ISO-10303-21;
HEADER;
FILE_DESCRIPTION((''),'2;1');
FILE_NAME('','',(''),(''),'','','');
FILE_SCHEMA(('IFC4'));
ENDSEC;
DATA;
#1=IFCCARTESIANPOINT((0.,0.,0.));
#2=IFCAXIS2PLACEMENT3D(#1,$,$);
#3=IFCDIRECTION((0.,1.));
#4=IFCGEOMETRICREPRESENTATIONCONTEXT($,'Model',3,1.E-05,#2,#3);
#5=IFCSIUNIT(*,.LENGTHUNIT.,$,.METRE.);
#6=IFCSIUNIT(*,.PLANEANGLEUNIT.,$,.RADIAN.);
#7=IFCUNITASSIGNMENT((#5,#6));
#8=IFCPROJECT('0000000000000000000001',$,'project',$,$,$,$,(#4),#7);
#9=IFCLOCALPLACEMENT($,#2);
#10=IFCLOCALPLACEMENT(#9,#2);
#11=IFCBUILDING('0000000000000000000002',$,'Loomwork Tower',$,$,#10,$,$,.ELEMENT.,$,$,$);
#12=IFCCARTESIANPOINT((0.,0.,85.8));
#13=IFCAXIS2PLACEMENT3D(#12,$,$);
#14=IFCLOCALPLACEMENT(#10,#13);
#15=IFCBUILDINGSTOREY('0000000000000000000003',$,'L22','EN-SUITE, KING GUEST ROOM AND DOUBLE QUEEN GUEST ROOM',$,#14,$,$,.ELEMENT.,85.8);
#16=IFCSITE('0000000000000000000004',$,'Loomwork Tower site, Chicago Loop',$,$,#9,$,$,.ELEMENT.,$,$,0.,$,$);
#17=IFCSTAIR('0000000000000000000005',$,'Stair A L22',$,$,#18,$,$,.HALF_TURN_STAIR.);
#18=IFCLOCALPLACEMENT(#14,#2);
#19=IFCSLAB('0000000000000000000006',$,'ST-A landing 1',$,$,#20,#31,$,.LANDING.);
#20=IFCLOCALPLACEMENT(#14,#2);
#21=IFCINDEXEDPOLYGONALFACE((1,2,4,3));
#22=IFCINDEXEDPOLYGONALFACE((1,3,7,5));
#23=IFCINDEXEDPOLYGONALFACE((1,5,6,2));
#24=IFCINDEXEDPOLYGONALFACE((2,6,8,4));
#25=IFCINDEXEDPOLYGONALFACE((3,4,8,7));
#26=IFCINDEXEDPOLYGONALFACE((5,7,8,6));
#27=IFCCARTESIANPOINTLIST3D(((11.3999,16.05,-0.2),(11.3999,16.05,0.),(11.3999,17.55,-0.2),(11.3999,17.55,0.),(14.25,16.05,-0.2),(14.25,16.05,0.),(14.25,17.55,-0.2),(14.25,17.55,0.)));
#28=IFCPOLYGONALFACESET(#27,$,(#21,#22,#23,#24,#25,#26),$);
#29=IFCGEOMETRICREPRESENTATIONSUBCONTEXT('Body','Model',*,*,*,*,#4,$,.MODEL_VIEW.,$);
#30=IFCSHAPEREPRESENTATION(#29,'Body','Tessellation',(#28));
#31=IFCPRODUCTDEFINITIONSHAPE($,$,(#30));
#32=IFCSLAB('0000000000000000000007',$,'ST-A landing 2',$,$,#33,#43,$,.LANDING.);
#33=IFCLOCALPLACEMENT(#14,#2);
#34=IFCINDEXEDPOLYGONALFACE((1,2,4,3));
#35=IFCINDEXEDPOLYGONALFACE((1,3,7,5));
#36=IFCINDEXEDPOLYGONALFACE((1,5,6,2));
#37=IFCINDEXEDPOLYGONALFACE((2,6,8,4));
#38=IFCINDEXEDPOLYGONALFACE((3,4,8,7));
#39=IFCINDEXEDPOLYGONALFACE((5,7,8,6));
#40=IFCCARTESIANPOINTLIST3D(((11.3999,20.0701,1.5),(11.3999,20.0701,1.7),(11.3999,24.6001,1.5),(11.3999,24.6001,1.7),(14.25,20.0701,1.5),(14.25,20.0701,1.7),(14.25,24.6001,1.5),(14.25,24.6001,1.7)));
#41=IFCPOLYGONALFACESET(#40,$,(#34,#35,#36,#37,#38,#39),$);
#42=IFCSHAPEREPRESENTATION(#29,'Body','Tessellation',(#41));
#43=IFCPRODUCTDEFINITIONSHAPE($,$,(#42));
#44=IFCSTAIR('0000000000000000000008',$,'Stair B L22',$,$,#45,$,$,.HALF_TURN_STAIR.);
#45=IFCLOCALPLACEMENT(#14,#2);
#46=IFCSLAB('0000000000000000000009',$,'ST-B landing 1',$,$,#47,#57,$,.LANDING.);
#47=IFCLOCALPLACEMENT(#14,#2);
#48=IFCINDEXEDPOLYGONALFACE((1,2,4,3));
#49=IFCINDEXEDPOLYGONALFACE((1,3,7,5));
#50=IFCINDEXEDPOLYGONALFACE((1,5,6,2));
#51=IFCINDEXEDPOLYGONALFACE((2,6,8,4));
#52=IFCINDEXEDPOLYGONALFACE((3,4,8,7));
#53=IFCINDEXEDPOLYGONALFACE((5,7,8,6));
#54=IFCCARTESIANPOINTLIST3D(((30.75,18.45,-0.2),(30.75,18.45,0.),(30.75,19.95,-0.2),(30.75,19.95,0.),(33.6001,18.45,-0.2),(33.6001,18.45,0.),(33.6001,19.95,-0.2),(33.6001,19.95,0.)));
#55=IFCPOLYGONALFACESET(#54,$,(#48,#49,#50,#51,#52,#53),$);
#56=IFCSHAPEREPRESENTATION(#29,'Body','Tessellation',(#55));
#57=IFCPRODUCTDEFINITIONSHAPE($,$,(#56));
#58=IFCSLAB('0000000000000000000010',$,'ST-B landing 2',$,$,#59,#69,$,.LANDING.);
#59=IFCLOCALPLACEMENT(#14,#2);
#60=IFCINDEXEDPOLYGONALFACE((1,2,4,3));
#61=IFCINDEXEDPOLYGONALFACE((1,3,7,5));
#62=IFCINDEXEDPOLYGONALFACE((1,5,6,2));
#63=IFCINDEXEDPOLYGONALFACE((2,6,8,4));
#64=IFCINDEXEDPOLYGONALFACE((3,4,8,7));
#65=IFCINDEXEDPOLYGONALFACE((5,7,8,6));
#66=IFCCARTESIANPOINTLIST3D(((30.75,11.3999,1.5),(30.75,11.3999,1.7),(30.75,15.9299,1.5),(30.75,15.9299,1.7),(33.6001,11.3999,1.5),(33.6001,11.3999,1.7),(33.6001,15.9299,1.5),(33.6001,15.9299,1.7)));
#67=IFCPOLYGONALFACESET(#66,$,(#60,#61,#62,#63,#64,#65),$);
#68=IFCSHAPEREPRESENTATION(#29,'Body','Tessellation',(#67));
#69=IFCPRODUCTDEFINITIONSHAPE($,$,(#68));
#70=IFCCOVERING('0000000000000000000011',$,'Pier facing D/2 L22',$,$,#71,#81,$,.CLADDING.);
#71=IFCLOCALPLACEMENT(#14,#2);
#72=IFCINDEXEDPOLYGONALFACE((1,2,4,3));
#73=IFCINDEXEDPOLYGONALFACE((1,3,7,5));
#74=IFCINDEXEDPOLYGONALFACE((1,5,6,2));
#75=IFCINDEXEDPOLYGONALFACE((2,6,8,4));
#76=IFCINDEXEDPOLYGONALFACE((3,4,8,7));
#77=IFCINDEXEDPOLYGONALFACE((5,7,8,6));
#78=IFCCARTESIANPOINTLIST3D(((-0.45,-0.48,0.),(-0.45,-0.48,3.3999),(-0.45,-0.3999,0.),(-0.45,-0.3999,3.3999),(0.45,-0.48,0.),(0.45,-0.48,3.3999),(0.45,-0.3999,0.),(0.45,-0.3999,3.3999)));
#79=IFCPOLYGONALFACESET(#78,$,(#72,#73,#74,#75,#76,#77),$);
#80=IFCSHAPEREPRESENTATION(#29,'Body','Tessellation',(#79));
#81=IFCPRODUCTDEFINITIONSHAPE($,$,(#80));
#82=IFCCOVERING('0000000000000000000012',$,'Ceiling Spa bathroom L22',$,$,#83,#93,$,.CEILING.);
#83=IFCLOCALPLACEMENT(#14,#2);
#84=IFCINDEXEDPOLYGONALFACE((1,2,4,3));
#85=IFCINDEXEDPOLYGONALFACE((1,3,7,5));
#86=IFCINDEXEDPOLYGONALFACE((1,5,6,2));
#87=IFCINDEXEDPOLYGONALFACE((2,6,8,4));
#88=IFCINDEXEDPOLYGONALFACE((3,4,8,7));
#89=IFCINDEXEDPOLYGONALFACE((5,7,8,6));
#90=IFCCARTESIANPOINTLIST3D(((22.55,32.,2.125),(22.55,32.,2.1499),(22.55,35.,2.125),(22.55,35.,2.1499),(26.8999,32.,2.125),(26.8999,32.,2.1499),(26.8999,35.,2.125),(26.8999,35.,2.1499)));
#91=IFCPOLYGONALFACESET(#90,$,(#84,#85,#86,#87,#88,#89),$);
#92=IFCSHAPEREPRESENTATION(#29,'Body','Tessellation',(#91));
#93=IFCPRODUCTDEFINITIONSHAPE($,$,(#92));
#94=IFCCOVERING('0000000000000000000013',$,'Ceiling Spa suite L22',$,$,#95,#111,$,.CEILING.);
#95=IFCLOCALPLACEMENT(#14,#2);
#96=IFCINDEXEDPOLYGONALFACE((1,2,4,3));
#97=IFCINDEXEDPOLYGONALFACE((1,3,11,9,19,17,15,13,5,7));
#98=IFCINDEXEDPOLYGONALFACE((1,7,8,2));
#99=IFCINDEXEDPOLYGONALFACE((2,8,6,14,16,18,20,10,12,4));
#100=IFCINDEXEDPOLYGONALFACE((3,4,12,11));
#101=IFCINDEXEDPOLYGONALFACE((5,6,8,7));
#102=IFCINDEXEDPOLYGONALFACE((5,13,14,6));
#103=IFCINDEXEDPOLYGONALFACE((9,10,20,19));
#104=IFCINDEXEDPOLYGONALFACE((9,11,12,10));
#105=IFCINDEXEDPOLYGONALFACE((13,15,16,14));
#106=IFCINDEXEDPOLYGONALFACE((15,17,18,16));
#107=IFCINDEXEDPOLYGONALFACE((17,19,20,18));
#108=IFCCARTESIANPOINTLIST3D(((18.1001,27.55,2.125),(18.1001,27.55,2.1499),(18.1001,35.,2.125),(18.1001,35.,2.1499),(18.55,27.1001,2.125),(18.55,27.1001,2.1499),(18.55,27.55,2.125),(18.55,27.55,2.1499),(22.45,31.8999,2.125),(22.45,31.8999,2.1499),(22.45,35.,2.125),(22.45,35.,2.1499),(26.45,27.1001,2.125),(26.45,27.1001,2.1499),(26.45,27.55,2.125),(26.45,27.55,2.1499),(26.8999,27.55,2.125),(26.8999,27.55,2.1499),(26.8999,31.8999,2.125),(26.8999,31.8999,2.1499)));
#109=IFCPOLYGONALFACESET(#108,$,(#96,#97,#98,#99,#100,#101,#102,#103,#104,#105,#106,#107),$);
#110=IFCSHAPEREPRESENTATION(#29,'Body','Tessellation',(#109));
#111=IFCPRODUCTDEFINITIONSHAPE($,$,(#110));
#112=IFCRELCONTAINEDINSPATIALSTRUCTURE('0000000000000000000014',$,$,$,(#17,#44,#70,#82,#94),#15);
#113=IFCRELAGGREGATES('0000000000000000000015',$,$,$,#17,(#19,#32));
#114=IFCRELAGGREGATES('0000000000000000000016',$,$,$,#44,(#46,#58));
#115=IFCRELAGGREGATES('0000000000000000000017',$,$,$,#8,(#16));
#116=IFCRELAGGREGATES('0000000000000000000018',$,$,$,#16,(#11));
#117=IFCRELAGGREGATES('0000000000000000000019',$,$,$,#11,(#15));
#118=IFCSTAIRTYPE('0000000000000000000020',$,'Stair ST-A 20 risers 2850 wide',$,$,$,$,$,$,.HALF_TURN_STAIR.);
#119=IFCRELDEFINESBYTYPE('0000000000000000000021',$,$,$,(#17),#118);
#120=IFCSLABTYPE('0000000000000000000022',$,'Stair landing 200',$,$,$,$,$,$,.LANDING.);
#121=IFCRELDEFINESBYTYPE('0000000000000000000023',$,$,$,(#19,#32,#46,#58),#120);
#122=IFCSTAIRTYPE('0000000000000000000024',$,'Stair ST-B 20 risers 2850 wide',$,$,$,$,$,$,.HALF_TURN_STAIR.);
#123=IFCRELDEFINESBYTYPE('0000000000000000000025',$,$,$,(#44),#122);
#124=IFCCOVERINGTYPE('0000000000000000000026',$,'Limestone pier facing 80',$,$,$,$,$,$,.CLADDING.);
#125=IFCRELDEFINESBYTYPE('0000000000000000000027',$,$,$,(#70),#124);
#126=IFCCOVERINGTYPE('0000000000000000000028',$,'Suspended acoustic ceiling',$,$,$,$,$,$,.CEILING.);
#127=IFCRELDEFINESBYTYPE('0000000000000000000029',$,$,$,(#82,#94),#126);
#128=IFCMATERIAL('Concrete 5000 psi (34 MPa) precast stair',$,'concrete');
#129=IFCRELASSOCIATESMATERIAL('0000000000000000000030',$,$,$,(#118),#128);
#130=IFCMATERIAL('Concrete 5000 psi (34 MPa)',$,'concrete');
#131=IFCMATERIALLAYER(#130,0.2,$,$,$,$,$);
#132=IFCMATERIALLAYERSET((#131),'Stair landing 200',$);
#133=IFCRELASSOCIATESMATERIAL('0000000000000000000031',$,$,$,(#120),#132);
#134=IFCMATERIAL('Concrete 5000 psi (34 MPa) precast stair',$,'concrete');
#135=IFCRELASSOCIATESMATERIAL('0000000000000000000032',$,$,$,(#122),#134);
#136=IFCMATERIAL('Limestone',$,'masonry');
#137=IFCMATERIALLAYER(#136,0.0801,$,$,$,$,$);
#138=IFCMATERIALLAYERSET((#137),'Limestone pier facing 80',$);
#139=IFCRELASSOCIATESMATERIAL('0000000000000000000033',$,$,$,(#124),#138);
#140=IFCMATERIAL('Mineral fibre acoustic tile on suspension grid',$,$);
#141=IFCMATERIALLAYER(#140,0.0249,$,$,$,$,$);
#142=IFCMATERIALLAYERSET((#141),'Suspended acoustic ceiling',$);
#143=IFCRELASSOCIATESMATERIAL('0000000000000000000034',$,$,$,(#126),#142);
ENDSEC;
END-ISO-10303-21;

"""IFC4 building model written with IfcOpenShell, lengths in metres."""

from ifc_helpers import new_model, si_unit, direction, frame, origin, origin_2d, place, context, subcontext, project, spatial, polyline, rectangle, outline, extrude, material, layer, layer_set, type_object, element, aggregate, save


model = new_model("IFC4")

# Units and contexts
model_context = context("Model", 3, precision=1e-05, world=origin(), true_north=direction((0.0, 1.0)))
body_context = subcontext(model_context, "Body", "Model", "MODEL_VIEW")
ifc_project = project(units=[si_unit("LENGTHUNIT", "METRE"), si_unit("PLANEANGLEUNIT", "RADIAN")], contexts=[model_context])

# Site, building, storey
site_placement = place(None, origin())
site = spatial("IfcSite", under=ifc_project, at=site_placement, Name="Loomwork Tower site, Chicago Loop", CompositionType="ELEMENT", RefElevation=0.0)
building_placement = place(site_placement, origin())
building = spatial("IfcBuilding", under=site, at=building_placement, Name="Loomwork Tower", CompositionType="ELEMENT")
storey_placement = place(building_placement, frame((0.0, 0.0, 85.8)))
storey = spatial("IfcBuildingStorey", under=building, at=storey_placement, Name="L22", Description="EN-SUITE, KING GUEST ROOM AND DOUBLE QUEEN GUEST ROOM", CompositionType="ELEMENT", Elevation=85.8)

# Stairs, slabs
ifc_material_1 = material(Name="Concrete 5000 psi (34 MPa) precast stair", Category="concrete")
stair_type_1 = type_object("IfcStairType", Name="Stair ST-A 20 risers 2850 wide", PredefinedType="HALF_TURN_STAIR", material=ifc_material_1)
stair_1_placement = place(storey_placement, origin())
stair_1 = element("IfcStair", 1, at=stair_1_placement, inside=storey, type_object=stair_type_1, Name="Stair A L22", PredefinedType="HALF_TURN_STAIR")
ifc_material_2 = material(Name="Concrete 5000 psi (34 MPa)", Category="concrete")
ifc_layer_1 = layer(ifc_material_2, 0.2)
ifc_layer_set_1 = layer_set([ifc_layer_1], Name="Stair landing 200")
slab_type_1 = type_object("IfcSlabType", Name="Stair landing 200", PredefinedType="LANDING", material=ifc_layer_set_1)
slab_1_placement = place(storey_placement, frame((0.0, 0.0, -0.2)))
slab_1 = element("IfcSlab", 2, at=slab_1_placement, type_object=slab_type_1, Name="ST-A landing 1", PredefinedType="LANDING", context=body_context, shape_type="SweptSolid", body=[
    extrude(outline(polyline([(11.3999, 16.05), (14.25, 16.05), (14.25, 17.55), (11.3999, 17.55), (11.3999, 16.05)])), origin(), (0.0, 0.0, 1.0), 0.2),
])
slab_2_placement = place(storey_placement, frame((0.0, 0.0, 1.5)))
slab_2 = element("IfcSlab", 3, at=slab_2_placement, type_object=slab_type_1, Name="ST-A landing 2", PredefinedType="LANDING", context=body_context, shape_type="SweptSolid", body=[
    extrude(outline(polyline([(11.3999, 20.0701), (14.25, 20.0701), (14.25, 24.6001), (11.3999, 24.6001), (11.3999, 20.0701)])), origin(), (0.0, 0.0, 1.0), 0.2),
])
aggregate(stair_1, [slab_1, slab_2])
ifc_material_3 = material(Name="Concrete 5000 psi (34 MPa) precast stair", Category="concrete")
stair_type_2 = type_object("IfcStairType", Name="Stair ST-B 20 risers 2850 wide", PredefinedType="HALF_TURN_STAIR", material=ifc_material_3)
stair_2_placement = place(storey_placement, origin())
stair_2 = element("IfcStair", 4, at=stair_2_placement, inside=storey, type_object=stair_type_2, Name="Stair B L22", PredefinedType="HALF_TURN_STAIR")
slab_3_placement = place(storey_placement, frame((0.0, 0.0, -0.2)))
slab_3 = element("IfcSlab", 5, at=slab_3_placement, type_object=slab_type_1, Name="ST-B landing 1", PredefinedType="LANDING", context=body_context, shape_type="SweptSolid", body=[
    extrude(outline(polyline([(30.75, 18.45), (33.6001, 18.45), (33.6001, 19.95), (30.75, 19.95), (30.75, 18.45)])), origin(), (0.0, 0.0, 1.0), 0.2),
])
slab_4_placement = place(storey_placement, frame((0.0, 0.0, 1.5)))
slab_4 = element("IfcSlab", 6, at=slab_4_placement, type_object=slab_type_1, Name="ST-B landing 2", PredefinedType="LANDING", context=body_context, shape_type="SweptSolid", body=[
    extrude(outline(polyline([(30.75, 11.3999), (33.6001, 11.3999), (33.6001, 15.9299), (30.75, 15.9299), (30.75, 11.3999)])), origin(), (0.0, 0.0, 1.0), 0.2),
])
aggregate(stair_2, [slab_3, slab_4])

# Coverings
ifc_material_4 = material(Name="Limestone", Category="masonry")
ifc_layer_2 = layer(ifc_material_4, 0.0801)
ifc_layer_set_2 = layer_set([ifc_layer_2], Name="Limestone pier facing 80")
covering_type_1 = type_object("IfcCoveringType", Name="Limestone pier facing 80", PredefinedType="CLADDING", material=ifc_layer_set_2)
covering_1_placement = place(storey_placement, frame((0.0, -0.4399, 0.0), z_axis=(0.0, 0.0, 1.0), x_axis=(1.0, 0.0, 0.0)))
element("IfcCovering", 7, at=covering_1_placement, inside=storey, type_object=covering_type_1, Name="Pier facing D/2 L22", PredefinedType="CLADDING", context=body_context, shape_type="SweptSolid", body=[
    extrude(rectangle(XDim=0.8999, YDim=0.0801, at=origin_2d()), origin(), (0.0, 0.0, 1.0), 3.3999),
])
ifc_material_5 = material(Name="Mineral fibre acoustic tile on suspension grid")
ifc_layer_3 = layer(ifc_material_5, 0.0249)
ifc_layer_set_3 = layer_set([ifc_layer_3], Name="Suspended acoustic ceiling")
covering_type_2 = type_object("IfcCoveringType", Name="Suspended acoustic ceiling", PredefinedType="CEILING", material=ifc_layer_set_3)
covering_2_placement = place(storey_placement, frame((0.0, 0.0, 2.125)))
element("IfcCovering", 8, at=covering_2_placement, inside=storey, type_object=covering_type_2, Name="Ceiling Spa bathroom L22", PredefinedType="CEILING", context=body_context, shape_type="SweptSolid", body=[
    extrude(outline(polyline([(22.55, 35.0), (26.8999, 35.0), (26.8999, 32.0), (22.55, 32.0), (22.55, 35.0)])), origin(), (0.0, 0.0, 1.0), 0.0249),
])
covering_3_placement = place(storey_placement, frame((0.0, 0.0, 2.125)))
element("IfcCovering", 9, at=covering_3_placement, inside=storey, type_object=covering_type_2, Name="Ceiling Spa suite L22", PredefinedType="CEILING", context=body_context, shape_type="SweptSolid", body=[
    extrude(outline(polyline([(18.1001, 35.0), (22.45, 35.0), (22.45, 31.8999), (26.8999, 31.8999), (26.8999, 27.55), (26.45, 27.55), (26.45, 27.1001), (18.55, 27.1001), (18.55, 27.55), (18.1001, 27.55), (18.1001, 35.0)])), origin(), (0.0, 0.0, 1.0), 0.0249),
])

save(model, "model.ifc")
